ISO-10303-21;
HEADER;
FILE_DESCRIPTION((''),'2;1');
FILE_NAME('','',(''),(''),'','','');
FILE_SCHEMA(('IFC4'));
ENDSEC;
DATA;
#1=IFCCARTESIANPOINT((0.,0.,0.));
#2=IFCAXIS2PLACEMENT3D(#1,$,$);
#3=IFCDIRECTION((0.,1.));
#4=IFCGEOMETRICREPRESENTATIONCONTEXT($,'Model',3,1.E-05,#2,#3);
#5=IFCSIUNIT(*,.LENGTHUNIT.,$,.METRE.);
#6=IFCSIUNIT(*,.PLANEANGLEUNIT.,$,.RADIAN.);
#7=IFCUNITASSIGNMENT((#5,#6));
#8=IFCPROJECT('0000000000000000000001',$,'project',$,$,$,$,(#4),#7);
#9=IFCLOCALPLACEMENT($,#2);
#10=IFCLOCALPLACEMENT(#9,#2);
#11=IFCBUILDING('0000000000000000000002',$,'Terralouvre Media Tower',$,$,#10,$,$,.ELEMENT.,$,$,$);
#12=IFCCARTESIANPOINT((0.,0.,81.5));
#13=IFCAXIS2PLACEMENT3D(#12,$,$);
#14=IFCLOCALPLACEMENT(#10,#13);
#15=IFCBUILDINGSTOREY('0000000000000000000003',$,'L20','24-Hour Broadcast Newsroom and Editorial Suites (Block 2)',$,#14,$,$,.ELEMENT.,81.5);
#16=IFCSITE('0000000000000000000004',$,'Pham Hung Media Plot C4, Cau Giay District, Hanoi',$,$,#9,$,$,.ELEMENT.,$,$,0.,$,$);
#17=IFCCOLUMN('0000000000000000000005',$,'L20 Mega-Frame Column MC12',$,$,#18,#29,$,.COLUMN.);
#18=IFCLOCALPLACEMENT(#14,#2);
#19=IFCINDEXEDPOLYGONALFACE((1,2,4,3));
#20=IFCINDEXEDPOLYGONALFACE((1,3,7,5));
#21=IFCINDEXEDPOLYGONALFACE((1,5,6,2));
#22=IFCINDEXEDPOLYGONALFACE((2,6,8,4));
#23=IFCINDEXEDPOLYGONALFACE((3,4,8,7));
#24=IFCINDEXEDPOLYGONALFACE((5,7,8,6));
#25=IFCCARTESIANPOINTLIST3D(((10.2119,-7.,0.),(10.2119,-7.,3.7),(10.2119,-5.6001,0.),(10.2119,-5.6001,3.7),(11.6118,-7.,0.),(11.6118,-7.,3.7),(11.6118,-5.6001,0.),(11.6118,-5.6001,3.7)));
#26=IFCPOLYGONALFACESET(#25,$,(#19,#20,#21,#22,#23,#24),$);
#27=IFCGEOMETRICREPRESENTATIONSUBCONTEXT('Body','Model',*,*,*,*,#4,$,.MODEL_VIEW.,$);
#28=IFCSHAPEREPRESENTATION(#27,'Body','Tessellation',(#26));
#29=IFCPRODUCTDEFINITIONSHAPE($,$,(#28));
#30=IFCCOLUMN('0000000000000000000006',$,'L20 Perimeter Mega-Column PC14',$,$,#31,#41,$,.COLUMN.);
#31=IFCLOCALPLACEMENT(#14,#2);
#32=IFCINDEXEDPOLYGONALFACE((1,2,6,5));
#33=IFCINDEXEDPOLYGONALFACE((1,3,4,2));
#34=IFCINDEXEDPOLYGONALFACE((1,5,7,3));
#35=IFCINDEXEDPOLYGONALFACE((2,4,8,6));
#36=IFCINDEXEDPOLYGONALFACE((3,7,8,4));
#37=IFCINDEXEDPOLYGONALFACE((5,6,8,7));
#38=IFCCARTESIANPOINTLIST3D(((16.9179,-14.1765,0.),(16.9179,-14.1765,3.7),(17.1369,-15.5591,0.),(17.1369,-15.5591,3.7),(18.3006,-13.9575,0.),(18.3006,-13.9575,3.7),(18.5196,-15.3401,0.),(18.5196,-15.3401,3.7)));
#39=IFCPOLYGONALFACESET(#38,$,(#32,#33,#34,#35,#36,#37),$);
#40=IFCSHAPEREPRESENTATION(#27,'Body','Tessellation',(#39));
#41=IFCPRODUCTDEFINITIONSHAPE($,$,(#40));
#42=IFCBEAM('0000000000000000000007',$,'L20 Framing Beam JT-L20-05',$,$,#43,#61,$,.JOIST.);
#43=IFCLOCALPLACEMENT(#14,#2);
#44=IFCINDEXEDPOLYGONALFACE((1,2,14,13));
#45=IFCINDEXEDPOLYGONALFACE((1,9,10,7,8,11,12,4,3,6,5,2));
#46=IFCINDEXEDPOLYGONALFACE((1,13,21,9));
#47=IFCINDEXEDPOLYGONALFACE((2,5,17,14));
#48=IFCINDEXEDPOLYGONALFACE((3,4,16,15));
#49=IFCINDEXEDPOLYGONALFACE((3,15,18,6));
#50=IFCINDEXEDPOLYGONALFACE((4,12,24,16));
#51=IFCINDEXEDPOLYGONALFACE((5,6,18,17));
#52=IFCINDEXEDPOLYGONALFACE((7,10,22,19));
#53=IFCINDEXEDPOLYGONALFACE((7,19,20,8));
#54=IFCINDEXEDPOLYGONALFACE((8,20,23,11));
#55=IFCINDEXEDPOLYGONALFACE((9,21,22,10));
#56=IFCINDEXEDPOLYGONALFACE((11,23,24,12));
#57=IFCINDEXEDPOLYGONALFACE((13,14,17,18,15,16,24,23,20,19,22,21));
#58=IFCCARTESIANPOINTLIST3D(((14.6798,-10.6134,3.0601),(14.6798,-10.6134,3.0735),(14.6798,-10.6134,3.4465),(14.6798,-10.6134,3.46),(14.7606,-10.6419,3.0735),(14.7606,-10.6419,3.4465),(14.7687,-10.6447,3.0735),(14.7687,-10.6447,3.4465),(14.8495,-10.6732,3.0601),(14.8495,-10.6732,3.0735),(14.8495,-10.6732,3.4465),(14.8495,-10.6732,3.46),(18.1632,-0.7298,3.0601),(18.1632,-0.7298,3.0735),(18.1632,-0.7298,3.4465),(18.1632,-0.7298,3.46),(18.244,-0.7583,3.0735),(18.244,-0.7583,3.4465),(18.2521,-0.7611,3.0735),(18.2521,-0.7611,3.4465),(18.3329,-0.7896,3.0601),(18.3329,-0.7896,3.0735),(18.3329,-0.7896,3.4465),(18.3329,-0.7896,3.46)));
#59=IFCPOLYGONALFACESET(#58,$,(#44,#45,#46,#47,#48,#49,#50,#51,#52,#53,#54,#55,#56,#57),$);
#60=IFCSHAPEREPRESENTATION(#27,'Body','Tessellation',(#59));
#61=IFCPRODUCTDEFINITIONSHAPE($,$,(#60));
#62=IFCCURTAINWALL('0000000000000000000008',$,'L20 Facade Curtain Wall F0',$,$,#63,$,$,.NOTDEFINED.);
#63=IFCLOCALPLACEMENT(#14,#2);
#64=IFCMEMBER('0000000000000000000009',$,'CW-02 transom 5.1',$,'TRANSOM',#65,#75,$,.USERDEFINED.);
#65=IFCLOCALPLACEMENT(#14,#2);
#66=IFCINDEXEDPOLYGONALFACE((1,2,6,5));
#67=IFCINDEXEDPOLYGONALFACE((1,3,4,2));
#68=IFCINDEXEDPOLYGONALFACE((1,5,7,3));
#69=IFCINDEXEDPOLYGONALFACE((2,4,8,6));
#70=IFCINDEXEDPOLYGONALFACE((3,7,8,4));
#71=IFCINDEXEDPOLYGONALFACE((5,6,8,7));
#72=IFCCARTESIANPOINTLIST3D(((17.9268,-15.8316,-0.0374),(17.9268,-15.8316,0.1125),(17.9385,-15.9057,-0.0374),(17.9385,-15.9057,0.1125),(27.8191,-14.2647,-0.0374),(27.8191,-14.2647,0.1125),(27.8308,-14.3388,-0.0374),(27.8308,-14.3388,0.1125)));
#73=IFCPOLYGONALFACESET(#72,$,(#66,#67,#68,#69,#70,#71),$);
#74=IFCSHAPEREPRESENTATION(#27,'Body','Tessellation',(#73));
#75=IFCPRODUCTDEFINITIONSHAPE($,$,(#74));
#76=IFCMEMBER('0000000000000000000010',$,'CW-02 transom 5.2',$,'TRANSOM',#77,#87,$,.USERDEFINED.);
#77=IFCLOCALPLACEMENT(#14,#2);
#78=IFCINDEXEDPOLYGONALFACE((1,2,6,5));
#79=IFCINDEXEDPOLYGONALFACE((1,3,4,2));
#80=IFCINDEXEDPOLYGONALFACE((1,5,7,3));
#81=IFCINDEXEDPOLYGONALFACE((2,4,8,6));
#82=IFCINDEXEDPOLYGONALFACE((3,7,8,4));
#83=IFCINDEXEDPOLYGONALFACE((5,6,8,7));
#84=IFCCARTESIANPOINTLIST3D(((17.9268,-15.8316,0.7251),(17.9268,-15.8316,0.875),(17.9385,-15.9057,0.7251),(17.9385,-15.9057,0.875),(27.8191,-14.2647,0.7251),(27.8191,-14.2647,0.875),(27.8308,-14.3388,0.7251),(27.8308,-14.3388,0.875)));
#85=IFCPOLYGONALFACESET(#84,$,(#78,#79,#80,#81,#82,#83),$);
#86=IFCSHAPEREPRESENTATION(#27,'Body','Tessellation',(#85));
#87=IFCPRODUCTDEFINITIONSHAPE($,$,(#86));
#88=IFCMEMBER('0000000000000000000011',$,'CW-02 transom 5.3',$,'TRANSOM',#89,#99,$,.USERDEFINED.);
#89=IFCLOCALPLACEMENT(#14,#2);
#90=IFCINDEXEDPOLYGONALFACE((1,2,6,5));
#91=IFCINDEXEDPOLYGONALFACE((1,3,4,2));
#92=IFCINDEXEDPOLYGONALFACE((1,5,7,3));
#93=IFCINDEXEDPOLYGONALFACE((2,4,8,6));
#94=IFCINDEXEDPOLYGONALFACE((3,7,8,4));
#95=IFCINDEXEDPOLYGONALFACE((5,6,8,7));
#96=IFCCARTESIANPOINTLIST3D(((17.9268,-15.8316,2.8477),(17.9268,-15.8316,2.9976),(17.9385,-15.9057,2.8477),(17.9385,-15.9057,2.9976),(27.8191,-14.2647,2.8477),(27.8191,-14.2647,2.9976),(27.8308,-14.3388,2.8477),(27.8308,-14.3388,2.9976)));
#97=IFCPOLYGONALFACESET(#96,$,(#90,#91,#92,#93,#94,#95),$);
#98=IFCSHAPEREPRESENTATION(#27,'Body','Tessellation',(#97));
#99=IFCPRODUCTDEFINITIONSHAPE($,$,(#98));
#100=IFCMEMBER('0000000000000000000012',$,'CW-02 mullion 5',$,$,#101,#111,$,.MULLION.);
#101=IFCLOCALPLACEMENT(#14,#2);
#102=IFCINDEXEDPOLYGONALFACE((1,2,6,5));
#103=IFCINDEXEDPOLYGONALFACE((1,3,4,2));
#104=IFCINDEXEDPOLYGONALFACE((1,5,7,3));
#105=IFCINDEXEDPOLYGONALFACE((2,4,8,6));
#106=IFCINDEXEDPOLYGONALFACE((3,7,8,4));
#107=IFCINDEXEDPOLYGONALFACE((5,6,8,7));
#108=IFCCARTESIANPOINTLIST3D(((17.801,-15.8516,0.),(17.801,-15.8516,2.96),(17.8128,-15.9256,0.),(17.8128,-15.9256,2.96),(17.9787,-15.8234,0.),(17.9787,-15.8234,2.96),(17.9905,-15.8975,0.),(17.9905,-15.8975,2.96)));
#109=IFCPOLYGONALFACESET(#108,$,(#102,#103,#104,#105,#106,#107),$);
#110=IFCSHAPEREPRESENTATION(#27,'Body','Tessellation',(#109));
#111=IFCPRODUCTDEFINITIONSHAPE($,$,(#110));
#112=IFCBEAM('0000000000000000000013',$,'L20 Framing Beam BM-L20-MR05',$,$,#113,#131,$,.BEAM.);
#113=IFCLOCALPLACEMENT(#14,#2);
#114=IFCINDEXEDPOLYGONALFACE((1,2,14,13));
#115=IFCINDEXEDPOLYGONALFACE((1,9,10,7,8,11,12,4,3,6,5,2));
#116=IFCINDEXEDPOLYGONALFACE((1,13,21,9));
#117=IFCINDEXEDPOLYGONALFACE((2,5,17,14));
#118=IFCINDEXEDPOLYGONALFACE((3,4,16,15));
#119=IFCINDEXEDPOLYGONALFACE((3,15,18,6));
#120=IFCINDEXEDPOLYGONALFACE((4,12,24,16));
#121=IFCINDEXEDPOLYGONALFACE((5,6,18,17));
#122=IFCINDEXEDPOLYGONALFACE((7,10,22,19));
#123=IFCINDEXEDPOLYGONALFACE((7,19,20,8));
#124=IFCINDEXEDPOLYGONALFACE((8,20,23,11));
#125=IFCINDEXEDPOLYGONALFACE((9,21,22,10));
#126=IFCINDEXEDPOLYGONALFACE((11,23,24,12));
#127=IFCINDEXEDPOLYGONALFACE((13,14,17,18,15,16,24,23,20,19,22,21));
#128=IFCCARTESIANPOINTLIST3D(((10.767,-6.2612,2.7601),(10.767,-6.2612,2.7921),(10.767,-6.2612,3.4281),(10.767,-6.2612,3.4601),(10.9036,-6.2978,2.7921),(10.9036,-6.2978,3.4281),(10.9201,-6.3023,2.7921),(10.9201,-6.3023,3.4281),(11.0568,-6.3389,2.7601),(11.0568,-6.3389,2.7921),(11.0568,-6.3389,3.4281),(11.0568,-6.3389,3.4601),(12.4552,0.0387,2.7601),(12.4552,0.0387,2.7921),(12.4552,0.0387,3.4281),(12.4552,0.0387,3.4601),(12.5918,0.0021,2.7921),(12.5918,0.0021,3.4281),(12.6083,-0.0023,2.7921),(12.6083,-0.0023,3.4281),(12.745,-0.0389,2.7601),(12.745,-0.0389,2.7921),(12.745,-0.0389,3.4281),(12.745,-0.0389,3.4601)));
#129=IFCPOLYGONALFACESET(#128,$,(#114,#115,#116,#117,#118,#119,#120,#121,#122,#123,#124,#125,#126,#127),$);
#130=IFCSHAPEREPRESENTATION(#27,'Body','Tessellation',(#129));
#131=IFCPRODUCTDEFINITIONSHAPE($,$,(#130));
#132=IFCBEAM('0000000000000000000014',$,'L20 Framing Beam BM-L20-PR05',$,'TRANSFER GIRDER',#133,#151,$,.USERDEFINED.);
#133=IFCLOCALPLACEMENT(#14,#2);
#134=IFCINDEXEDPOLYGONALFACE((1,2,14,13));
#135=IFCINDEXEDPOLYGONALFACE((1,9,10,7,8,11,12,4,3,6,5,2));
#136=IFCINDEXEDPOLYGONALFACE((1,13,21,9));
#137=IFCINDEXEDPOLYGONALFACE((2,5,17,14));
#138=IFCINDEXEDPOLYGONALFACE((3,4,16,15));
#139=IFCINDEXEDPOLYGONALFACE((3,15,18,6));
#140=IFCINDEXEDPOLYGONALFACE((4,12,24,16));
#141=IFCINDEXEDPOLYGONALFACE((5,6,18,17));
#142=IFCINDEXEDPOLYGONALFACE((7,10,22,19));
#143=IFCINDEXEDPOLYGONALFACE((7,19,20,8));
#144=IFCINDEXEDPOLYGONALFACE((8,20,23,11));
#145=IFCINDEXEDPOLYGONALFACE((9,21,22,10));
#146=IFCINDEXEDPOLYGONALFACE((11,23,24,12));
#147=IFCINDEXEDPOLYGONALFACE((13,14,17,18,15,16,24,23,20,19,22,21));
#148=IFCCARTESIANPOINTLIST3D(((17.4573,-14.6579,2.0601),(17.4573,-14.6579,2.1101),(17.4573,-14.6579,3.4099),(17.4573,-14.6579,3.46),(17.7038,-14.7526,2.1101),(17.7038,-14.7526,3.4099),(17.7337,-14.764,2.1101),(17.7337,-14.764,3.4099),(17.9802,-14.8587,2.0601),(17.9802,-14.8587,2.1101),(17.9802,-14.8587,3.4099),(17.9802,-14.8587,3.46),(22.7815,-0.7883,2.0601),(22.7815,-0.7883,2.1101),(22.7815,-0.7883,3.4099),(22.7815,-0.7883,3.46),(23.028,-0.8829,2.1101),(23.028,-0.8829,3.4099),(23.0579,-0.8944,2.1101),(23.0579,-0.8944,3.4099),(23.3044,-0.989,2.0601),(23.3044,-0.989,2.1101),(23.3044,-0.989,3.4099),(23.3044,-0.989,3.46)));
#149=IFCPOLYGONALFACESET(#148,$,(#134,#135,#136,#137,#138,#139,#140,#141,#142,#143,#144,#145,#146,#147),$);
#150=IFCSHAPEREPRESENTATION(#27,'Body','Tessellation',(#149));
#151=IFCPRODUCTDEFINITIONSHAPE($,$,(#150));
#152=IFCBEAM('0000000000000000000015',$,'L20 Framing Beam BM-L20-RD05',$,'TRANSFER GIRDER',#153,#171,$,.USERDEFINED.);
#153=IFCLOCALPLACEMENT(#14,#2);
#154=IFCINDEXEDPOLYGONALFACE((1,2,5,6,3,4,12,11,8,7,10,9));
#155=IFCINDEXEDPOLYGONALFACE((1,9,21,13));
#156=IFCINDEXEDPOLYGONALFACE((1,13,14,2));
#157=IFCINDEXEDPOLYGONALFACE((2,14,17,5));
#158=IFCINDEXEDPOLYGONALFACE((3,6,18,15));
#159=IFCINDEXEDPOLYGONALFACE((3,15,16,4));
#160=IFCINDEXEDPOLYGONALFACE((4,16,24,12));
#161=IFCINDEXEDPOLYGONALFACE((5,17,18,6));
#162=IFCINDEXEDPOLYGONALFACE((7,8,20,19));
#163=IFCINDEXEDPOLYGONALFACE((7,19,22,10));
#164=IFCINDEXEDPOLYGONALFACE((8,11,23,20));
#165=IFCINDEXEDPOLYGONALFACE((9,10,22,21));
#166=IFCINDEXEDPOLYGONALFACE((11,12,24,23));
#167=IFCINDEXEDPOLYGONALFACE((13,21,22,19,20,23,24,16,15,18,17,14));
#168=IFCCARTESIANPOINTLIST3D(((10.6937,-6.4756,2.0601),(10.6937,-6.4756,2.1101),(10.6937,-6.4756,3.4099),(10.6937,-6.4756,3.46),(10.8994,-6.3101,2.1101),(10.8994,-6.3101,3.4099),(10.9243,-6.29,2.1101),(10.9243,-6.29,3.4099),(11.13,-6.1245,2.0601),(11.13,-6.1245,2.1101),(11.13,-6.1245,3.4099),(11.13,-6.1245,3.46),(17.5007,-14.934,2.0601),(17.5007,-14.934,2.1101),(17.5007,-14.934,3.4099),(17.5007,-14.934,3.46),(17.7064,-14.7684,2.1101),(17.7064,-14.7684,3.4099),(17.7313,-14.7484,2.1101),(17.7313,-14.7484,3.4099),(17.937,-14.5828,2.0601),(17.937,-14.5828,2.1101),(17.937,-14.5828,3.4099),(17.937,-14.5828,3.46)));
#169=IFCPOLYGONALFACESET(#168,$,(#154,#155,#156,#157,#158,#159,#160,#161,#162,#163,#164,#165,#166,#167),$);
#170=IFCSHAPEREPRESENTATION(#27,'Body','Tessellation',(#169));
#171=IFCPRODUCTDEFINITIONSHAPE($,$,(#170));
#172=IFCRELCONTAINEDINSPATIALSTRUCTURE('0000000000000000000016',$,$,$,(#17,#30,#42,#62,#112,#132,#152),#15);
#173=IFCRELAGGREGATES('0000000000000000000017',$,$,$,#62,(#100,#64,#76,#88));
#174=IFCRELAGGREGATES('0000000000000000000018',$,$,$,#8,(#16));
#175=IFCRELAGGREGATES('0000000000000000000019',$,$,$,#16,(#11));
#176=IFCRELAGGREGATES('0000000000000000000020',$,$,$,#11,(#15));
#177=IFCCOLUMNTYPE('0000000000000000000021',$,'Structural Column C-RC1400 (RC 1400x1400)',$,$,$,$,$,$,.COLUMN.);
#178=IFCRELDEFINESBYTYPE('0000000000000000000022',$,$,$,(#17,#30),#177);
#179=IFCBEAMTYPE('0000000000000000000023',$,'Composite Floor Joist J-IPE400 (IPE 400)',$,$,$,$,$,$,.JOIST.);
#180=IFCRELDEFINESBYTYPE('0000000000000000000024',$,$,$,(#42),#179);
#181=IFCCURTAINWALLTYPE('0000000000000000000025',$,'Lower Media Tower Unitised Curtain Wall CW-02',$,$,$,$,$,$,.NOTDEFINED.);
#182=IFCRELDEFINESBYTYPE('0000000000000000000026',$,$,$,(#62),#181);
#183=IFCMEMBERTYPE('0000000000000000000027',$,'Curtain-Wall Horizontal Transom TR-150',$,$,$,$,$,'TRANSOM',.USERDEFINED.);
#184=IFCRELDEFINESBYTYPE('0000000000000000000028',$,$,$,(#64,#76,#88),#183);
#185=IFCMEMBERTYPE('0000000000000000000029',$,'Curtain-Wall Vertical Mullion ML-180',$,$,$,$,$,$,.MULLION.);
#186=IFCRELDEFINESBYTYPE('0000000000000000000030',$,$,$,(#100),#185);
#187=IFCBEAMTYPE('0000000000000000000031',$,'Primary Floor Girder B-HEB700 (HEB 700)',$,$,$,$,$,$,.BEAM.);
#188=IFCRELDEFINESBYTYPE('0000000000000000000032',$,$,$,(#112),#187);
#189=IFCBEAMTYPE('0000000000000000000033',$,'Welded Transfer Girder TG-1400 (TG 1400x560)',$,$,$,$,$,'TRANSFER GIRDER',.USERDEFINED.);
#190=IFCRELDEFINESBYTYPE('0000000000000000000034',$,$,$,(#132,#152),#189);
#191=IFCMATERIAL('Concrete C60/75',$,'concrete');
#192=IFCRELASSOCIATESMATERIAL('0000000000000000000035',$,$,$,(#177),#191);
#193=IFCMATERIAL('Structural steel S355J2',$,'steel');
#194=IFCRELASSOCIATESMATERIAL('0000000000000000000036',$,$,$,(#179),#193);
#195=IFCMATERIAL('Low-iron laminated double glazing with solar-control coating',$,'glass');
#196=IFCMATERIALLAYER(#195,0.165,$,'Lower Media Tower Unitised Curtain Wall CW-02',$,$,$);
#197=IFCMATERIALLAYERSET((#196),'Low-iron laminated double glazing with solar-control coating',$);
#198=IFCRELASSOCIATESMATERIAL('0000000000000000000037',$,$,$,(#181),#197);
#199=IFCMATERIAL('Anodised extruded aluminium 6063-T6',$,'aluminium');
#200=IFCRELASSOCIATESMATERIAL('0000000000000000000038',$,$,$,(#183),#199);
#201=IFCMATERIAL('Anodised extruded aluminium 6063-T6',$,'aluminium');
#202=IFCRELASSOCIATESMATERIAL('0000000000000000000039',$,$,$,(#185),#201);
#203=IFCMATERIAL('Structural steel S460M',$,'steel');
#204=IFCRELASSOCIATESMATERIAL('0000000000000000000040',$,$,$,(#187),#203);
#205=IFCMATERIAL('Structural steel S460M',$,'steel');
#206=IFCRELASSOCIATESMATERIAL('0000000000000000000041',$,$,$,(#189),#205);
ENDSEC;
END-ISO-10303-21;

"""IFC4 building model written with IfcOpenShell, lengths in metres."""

from ifc_helpers import new_model, si_unit, direction, frame, origin, origin_2d, place, context, subcontext, project, spatial, rectangle, i_section, extrude, material, layer, layer_set, material_profile, profile_set, type_object, element, aggregate, save


model = new_model("IFC4")

# Units and contexts
model_context = context("Model", 3, precision=1e-05, world=origin(), true_north=direction((0.0, 1.0)))
body_context = subcontext(model_context, "Body", "Model", "MODEL_VIEW")
ifc_project = project(units=[si_unit("LENGTHUNIT", "METRE"), si_unit("PLANEANGLEUNIT", "RADIAN")], contexts=[model_context])

# Site, building, storey
site_placement = place(None, origin())
site = spatial("IfcSite", under=ifc_project, at=site_placement, Name="Pham Hung Media Plot C4, Cau Giay District, Hanoi", CompositionType="ELEMENT", RefElevation=0.0)
building_placement = place(site_placement, origin())
building = spatial("IfcBuilding", under=site, at=building_placement, Name="Terralouvre Media Tower", CompositionType="ELEMENT")
storey_placement = place(building_placement, frame((0.0, 0.0, 81.5)))
storey = spatial("IfcBuildingStorey", under=building, at=storey_placement, Name="L20", Description="24-Hour Broadcast Newsroom and Editorial Suites (Block 2)", CompositionType="ELEMENT", Elevation=81.5)

# Columns
ifc_material_1 = material(Name="Concrete C60/75", Category="concrete")
ifc_material_profile_1 = material_profile(ifc_material_1, rectangle(XDim=1.3999, YDim=1.3999, at=origin_2d()), Name="RC 1400x1400")
ifc_profile_set_1 = profile_set([ifc_material_profile_1], Name="Concrete C60/75")
column_type = type_object("IfcColumnType", Name="Structural Column C-RC1400 (RC 1400x1400)", PredefinedType="COLUMN", material=ifc_profile_set_1)
for number, where, z_axis, x_axis, name in (
    (1, (10.9119, -6.3, 0.0), (0.0, 0.0, 1.0), (1.0, 0.0, 0.0), "L20 Mega-Frame Column MC12"),
    (2, (17.7188, -14.7583, 0.0), (0.0, 0.0, 1.0), (0.987688, 0.156434, 0.0), "L20 Perimeter Mega-Column PC14"),
):
    element("IfcColumn", number, at=place(storey_placement, frame(where, z_axis=z_axis, x_axis=x_axis)), inside=storey, type_object=column_type, Name=name, PredefinedType="COLUMN", context=body_context, shape_type="SweptSolid", body=[
        extrude(rectangle(XDim=1.3999, YDim=1.3999, at=origin_2d()), origin(), (0.0, 0.0, 1.0), 3.7),
    ])

# Beam
ifc_material_2 = material(Name="Structural steel S355J2", Category="steel")
ifc_material_profile_2 = material_profile(ifc_material_2, i_section(OverallWidth=0.1799, OverallDepth=0.3999, WebThickness=0.0085, FlangeThickness=0.0134, at=origin_2d()), Name="IPE 400")
ifc_profile_set_2 = profile_set([ifc_material_profile_2], Name="Structural steel S355J2")
beam_type_1 = type_object("IfcBeamType", Name="Composite Floor Joist J-IPE400 (IPE 400)", PredefinedType="JOIST", material=ifc_profile_set_2)
beam_1_placement = place(storey_placement, frame((14.7646, -10.6433, 3.26), z_axis=(0.332403, 0.943137, 0.0), x_axis=(-0.943137, 0.332403, 0.0)))
element("IfcBeam", 3, at=beam_1_placement, inside=storey, type_object=beam_type_1, Name="L20 Framing Beam JT-L20-05", PredefinedType="JOIST", context=body_context, shape_type="SweptSolid", body=[
    extrude(i_section(OverallWidth=0.1799, OverallDepth=0.3999, WebThickness=0.0085, FlangeThickness=0.0134, at=origin_2d()), origin(), (0.0, 0.0, 1.0), 10.4795),
])

# Curtain wall, members
ifc_material_3 = material(Name="Low-iron laminated double glazing with solar-control coating", Category="glass")
ifc_layer_1 = layer(ifc_material_3, 0.165, Name="Lower Media Tower Unitised Curtain Wall CW-02")
ifc_layer_set_1 = layer_set([ifc_layer_1], Name="Low-iron laminated double glazing with solar-control coating")
curtain_wall_type = type_object("IfcCurtainWallType", Name="Lower Media Tower Unitised Curtain Wall CW-02", PredefinedType="NOTDEFINED", material=ifc_layer_set_1)
curtain_wall_placement = place(storey_placement, origin())
curtain_wall = element("IfcCurtainWall", 4, at=curtain_wall_placement, inside=storey, type_object=curtain_wall_type, Name="L20 Facade Curtain Wall F0", PredefinedType="NOTDEFINED")
ifc_material_4 = material(Name="Anodised extruded aluminium 6063-T6", Category="aluminium")
ifc_material_profile_3 = material_profile(ifc_material_4, rectangle(XDim=0.075, YDim=0.1499, at=origin_2d()), Name="ALU 75x150")
ifc_profile_set_3 = profile_set([ifc_material_profile_3], Name="Anodised extruded aluminium 6063-T6")
member_type_1 = type_object("IfcMemberType", Name="Curtain-Wall Horizontal Transom TR-150", ElementType="TRANSOM", PredefinedType="USERDEFINED", material=ifc_profile_set_3)
member_1_placement = place(storey_placement, frame((17.9326, -15.8687, 0.0376), z_axis=(0.987687, 0.156444, 0.0), x_axis=(-0.156444, 0.987687, 0.0)))
member_1 = element("IfcMember", 5, at=member_1_placement, type_object=member_type_1, Name="CW-02 transom 5.1", ObjectType="TRANSOM", PredefinedType="USERDEFINED", context=body_context, shape_type="SweptSolid", body=[
    extrude(rectangle(XDim=0.075, YDim=0.1499, at=origin_2d()), origin(), (0.0, 0.0, 1.0), 10.0156),
])
member_2_placement = place(storey_placement, frame((17.9326, -15.8687, 0.8), z_axis=(0.987687, 0.156444, 0.0), x_axis=(-0.156444, 0.987687, 0.0)))
member_2 = element("IfcMember", 6, at=member_2_placement, type_object=member_type_1, Name="CW-02 transom 5.2", ObjectType="TRANSOM", PredefinedType="USERDEFINED", context=body_context, shape_type="SweptSolid", body=[
    extrude(rectangle(XDim=0.075, YDim=0.1499, at=origin_2d()), origin(), (0.0, 0.0, 1.0), 10.0156),
])
member_3_placement = place(storey_placement, frame((17.9326, -15.8687, 2.9226), z_axis=(0.987687, 0.156444, 0.0), x_axis=(-0.156444, 0.987687, 0.0)))
member_3 = element("IfcMember", 7, at=member_3_placement, type_object=member_type_1, Name="CW-02 transom 5.3", ObjectType="TRANSOM", PredefinedType="USERDEFINED", context=body_context, shape_type="SweptSolid", body=[
    extrude(rectangle(XDim=0.075, YDim=0.1499, at=origin_2d()), origin(), (0.0, 0.0, 1.0), 10.0156),
])
ifc_material_5 = material(Name="Anodised extruded aluminium 6063-T6", Category="aluminium")
ifc_material_profile_4 = material_profile(ifc_material_5, rectangle(XDim=0.075, YDim=0.1799, at=origin_2d()), Name="ALU 75x180")
ifc_profile_set_4 = profile_set([ifc_material_profile_4], Name="Anodised extruded aluminium 6063-T6")
member_type_2 = type_object("IfcMemberType", Name="Curtain-Wall Vertical Mullion ML-180", PredefinedType="MULLION", material=ifc_profile_set_4)
member_4_placement = place(storey_placement, frame((17.8958, -15.8745, 0.0), z_axis=(0.0, 0.0, 1.0), x_axis=(-0.156434, 0.987688, 0.0)))
member_4 = element("IfcMember", 8, at=member_4_placement, type_object=member_type_2, Name="CW-02 mullion 5", PredefinedType="MULLION", context=body_context, shape_type="SweptSolid", body=[
    extrude(rectangle(XDim=0.075, YDim=0.1799, at=origin_2d()), origin(), (0.0, 0.0, 1.0), 2.96),
])

# Beams
ifc_material_6 = material(Name="Structural steel S460M", Category="steel")
ifc_material_profile_5 = material_profile(ifc_material_6, i_section(OverallWidth=0.3, OverallDepth=0.7, WebThickness=0.0171, FlangeThickness=0.032, at=origin_2d()), Name="HEB 700")
ifc_profile_set_5 = profile_set([ifc_material_profile_5], Name="Structural steel S460M")
beam_type_2 = type_object("IfcBeamType", Name="Primary Floor Girder B-HEB700 (HEB 700)", PredefinedType="BEAM", material=ifc_profile_set_5)
beam_2_placement = place(storey_placement, frame((10.9119, -6.3, 3.1101), z_axis=(0.258839, 0.96592, 0.0), x_axis=(-0.96592, 0.258839, 0.0)))
element("IfcBeam", 9, at=beam_2_placement, inside=storey, type_object=beam_type_2, Name="L20 Framing Beam BM-L20-MR05", PredefinedType="BEAM", context=body_context, shape_type="SweptSolid", body=[
    extrude(i_section(OverallWidth=0.3, OverallDepth=0.7, WebThickness=0.0171, FlangeThickness=0.032, at=origin_2d()), origin(), (0.0, 0.0, 1.0), 6.5222),
])
ifc_material_7 = material(Name="Structural steel S460M", Category="steel")
ifc_material_profile_6 = material_profile(ifc_material_7, i_section(OverallWidth=0.5601, OverallDepth=1.3999, WebThickness=0.032, FlangeThickness=0.05, at=origin_2d()), Name="TG 1400x560")
ifc_profile_set_6 = profile_set([ifc_material_profile_6], Name="Structural steel S460M")
beam_type_3 = type_object("IfcBeamType", Name="Welded Transfer Girder TG-1400 (TG 1400x560)", ElementType="TRANSFER GIRDER", PredefinedType="USERDEFINED", material=ifc_profile_set_6)
beam_3_placement = place(storey_placement, frame((17.7188, -14.7583, 2.76), z_axis=(0.358378, 0.933577, 0.0), x_axis=(-0.933577, 0.358378, 0.0)))
element("IfcBeam", 10, at=beam_3_placement, inside=storey, type_object=beam_type_3, Name="L20 Framing Beam BM-L20-PR05", ObjectType="TRANSFER GIRDER", PredefinedType="USERDEFINED", context=body_context, shape_type="SweptSolid", body=[
    extrude(i_section(OverallWidth=0.5601, OverallDepth=1.3999, WebThickness=0.032, FlangeThickness=0.05, at=origin_2d()), origin(), (0.0, 0.0, 1.0), 14.8564),
])
beam_4_placement = place(storey_placement, frame((10.9119, -6.3, 2.76), z_axis=(0.626955, -0.779056, 0.0), x_axis=(0.779056, 0.626955, 0.0)))
element("IfcBeam", 11, at=beam_4_placement, inside=storey, type_object=beam_type_3, Name="L20 Framing Beam BM-L20-RD05", ObjectType="TRANSFER GIRDER", PredefinedType="USERDEFINED", context=body_context, shape_type="SweptSolid", body=[
    extrude(i_section(OverallWidth=0.5601, OverallDepth=1.3999, WebThickness=0.032, FlangeThickness=0.05, at=origin_2d()), origin(), (0.0, 0.0, 1.0), 10.8572),
])

aggregate(curtain_wall, [member_4, member_1, member_2, member_3])

save(model, "model.ifc")
